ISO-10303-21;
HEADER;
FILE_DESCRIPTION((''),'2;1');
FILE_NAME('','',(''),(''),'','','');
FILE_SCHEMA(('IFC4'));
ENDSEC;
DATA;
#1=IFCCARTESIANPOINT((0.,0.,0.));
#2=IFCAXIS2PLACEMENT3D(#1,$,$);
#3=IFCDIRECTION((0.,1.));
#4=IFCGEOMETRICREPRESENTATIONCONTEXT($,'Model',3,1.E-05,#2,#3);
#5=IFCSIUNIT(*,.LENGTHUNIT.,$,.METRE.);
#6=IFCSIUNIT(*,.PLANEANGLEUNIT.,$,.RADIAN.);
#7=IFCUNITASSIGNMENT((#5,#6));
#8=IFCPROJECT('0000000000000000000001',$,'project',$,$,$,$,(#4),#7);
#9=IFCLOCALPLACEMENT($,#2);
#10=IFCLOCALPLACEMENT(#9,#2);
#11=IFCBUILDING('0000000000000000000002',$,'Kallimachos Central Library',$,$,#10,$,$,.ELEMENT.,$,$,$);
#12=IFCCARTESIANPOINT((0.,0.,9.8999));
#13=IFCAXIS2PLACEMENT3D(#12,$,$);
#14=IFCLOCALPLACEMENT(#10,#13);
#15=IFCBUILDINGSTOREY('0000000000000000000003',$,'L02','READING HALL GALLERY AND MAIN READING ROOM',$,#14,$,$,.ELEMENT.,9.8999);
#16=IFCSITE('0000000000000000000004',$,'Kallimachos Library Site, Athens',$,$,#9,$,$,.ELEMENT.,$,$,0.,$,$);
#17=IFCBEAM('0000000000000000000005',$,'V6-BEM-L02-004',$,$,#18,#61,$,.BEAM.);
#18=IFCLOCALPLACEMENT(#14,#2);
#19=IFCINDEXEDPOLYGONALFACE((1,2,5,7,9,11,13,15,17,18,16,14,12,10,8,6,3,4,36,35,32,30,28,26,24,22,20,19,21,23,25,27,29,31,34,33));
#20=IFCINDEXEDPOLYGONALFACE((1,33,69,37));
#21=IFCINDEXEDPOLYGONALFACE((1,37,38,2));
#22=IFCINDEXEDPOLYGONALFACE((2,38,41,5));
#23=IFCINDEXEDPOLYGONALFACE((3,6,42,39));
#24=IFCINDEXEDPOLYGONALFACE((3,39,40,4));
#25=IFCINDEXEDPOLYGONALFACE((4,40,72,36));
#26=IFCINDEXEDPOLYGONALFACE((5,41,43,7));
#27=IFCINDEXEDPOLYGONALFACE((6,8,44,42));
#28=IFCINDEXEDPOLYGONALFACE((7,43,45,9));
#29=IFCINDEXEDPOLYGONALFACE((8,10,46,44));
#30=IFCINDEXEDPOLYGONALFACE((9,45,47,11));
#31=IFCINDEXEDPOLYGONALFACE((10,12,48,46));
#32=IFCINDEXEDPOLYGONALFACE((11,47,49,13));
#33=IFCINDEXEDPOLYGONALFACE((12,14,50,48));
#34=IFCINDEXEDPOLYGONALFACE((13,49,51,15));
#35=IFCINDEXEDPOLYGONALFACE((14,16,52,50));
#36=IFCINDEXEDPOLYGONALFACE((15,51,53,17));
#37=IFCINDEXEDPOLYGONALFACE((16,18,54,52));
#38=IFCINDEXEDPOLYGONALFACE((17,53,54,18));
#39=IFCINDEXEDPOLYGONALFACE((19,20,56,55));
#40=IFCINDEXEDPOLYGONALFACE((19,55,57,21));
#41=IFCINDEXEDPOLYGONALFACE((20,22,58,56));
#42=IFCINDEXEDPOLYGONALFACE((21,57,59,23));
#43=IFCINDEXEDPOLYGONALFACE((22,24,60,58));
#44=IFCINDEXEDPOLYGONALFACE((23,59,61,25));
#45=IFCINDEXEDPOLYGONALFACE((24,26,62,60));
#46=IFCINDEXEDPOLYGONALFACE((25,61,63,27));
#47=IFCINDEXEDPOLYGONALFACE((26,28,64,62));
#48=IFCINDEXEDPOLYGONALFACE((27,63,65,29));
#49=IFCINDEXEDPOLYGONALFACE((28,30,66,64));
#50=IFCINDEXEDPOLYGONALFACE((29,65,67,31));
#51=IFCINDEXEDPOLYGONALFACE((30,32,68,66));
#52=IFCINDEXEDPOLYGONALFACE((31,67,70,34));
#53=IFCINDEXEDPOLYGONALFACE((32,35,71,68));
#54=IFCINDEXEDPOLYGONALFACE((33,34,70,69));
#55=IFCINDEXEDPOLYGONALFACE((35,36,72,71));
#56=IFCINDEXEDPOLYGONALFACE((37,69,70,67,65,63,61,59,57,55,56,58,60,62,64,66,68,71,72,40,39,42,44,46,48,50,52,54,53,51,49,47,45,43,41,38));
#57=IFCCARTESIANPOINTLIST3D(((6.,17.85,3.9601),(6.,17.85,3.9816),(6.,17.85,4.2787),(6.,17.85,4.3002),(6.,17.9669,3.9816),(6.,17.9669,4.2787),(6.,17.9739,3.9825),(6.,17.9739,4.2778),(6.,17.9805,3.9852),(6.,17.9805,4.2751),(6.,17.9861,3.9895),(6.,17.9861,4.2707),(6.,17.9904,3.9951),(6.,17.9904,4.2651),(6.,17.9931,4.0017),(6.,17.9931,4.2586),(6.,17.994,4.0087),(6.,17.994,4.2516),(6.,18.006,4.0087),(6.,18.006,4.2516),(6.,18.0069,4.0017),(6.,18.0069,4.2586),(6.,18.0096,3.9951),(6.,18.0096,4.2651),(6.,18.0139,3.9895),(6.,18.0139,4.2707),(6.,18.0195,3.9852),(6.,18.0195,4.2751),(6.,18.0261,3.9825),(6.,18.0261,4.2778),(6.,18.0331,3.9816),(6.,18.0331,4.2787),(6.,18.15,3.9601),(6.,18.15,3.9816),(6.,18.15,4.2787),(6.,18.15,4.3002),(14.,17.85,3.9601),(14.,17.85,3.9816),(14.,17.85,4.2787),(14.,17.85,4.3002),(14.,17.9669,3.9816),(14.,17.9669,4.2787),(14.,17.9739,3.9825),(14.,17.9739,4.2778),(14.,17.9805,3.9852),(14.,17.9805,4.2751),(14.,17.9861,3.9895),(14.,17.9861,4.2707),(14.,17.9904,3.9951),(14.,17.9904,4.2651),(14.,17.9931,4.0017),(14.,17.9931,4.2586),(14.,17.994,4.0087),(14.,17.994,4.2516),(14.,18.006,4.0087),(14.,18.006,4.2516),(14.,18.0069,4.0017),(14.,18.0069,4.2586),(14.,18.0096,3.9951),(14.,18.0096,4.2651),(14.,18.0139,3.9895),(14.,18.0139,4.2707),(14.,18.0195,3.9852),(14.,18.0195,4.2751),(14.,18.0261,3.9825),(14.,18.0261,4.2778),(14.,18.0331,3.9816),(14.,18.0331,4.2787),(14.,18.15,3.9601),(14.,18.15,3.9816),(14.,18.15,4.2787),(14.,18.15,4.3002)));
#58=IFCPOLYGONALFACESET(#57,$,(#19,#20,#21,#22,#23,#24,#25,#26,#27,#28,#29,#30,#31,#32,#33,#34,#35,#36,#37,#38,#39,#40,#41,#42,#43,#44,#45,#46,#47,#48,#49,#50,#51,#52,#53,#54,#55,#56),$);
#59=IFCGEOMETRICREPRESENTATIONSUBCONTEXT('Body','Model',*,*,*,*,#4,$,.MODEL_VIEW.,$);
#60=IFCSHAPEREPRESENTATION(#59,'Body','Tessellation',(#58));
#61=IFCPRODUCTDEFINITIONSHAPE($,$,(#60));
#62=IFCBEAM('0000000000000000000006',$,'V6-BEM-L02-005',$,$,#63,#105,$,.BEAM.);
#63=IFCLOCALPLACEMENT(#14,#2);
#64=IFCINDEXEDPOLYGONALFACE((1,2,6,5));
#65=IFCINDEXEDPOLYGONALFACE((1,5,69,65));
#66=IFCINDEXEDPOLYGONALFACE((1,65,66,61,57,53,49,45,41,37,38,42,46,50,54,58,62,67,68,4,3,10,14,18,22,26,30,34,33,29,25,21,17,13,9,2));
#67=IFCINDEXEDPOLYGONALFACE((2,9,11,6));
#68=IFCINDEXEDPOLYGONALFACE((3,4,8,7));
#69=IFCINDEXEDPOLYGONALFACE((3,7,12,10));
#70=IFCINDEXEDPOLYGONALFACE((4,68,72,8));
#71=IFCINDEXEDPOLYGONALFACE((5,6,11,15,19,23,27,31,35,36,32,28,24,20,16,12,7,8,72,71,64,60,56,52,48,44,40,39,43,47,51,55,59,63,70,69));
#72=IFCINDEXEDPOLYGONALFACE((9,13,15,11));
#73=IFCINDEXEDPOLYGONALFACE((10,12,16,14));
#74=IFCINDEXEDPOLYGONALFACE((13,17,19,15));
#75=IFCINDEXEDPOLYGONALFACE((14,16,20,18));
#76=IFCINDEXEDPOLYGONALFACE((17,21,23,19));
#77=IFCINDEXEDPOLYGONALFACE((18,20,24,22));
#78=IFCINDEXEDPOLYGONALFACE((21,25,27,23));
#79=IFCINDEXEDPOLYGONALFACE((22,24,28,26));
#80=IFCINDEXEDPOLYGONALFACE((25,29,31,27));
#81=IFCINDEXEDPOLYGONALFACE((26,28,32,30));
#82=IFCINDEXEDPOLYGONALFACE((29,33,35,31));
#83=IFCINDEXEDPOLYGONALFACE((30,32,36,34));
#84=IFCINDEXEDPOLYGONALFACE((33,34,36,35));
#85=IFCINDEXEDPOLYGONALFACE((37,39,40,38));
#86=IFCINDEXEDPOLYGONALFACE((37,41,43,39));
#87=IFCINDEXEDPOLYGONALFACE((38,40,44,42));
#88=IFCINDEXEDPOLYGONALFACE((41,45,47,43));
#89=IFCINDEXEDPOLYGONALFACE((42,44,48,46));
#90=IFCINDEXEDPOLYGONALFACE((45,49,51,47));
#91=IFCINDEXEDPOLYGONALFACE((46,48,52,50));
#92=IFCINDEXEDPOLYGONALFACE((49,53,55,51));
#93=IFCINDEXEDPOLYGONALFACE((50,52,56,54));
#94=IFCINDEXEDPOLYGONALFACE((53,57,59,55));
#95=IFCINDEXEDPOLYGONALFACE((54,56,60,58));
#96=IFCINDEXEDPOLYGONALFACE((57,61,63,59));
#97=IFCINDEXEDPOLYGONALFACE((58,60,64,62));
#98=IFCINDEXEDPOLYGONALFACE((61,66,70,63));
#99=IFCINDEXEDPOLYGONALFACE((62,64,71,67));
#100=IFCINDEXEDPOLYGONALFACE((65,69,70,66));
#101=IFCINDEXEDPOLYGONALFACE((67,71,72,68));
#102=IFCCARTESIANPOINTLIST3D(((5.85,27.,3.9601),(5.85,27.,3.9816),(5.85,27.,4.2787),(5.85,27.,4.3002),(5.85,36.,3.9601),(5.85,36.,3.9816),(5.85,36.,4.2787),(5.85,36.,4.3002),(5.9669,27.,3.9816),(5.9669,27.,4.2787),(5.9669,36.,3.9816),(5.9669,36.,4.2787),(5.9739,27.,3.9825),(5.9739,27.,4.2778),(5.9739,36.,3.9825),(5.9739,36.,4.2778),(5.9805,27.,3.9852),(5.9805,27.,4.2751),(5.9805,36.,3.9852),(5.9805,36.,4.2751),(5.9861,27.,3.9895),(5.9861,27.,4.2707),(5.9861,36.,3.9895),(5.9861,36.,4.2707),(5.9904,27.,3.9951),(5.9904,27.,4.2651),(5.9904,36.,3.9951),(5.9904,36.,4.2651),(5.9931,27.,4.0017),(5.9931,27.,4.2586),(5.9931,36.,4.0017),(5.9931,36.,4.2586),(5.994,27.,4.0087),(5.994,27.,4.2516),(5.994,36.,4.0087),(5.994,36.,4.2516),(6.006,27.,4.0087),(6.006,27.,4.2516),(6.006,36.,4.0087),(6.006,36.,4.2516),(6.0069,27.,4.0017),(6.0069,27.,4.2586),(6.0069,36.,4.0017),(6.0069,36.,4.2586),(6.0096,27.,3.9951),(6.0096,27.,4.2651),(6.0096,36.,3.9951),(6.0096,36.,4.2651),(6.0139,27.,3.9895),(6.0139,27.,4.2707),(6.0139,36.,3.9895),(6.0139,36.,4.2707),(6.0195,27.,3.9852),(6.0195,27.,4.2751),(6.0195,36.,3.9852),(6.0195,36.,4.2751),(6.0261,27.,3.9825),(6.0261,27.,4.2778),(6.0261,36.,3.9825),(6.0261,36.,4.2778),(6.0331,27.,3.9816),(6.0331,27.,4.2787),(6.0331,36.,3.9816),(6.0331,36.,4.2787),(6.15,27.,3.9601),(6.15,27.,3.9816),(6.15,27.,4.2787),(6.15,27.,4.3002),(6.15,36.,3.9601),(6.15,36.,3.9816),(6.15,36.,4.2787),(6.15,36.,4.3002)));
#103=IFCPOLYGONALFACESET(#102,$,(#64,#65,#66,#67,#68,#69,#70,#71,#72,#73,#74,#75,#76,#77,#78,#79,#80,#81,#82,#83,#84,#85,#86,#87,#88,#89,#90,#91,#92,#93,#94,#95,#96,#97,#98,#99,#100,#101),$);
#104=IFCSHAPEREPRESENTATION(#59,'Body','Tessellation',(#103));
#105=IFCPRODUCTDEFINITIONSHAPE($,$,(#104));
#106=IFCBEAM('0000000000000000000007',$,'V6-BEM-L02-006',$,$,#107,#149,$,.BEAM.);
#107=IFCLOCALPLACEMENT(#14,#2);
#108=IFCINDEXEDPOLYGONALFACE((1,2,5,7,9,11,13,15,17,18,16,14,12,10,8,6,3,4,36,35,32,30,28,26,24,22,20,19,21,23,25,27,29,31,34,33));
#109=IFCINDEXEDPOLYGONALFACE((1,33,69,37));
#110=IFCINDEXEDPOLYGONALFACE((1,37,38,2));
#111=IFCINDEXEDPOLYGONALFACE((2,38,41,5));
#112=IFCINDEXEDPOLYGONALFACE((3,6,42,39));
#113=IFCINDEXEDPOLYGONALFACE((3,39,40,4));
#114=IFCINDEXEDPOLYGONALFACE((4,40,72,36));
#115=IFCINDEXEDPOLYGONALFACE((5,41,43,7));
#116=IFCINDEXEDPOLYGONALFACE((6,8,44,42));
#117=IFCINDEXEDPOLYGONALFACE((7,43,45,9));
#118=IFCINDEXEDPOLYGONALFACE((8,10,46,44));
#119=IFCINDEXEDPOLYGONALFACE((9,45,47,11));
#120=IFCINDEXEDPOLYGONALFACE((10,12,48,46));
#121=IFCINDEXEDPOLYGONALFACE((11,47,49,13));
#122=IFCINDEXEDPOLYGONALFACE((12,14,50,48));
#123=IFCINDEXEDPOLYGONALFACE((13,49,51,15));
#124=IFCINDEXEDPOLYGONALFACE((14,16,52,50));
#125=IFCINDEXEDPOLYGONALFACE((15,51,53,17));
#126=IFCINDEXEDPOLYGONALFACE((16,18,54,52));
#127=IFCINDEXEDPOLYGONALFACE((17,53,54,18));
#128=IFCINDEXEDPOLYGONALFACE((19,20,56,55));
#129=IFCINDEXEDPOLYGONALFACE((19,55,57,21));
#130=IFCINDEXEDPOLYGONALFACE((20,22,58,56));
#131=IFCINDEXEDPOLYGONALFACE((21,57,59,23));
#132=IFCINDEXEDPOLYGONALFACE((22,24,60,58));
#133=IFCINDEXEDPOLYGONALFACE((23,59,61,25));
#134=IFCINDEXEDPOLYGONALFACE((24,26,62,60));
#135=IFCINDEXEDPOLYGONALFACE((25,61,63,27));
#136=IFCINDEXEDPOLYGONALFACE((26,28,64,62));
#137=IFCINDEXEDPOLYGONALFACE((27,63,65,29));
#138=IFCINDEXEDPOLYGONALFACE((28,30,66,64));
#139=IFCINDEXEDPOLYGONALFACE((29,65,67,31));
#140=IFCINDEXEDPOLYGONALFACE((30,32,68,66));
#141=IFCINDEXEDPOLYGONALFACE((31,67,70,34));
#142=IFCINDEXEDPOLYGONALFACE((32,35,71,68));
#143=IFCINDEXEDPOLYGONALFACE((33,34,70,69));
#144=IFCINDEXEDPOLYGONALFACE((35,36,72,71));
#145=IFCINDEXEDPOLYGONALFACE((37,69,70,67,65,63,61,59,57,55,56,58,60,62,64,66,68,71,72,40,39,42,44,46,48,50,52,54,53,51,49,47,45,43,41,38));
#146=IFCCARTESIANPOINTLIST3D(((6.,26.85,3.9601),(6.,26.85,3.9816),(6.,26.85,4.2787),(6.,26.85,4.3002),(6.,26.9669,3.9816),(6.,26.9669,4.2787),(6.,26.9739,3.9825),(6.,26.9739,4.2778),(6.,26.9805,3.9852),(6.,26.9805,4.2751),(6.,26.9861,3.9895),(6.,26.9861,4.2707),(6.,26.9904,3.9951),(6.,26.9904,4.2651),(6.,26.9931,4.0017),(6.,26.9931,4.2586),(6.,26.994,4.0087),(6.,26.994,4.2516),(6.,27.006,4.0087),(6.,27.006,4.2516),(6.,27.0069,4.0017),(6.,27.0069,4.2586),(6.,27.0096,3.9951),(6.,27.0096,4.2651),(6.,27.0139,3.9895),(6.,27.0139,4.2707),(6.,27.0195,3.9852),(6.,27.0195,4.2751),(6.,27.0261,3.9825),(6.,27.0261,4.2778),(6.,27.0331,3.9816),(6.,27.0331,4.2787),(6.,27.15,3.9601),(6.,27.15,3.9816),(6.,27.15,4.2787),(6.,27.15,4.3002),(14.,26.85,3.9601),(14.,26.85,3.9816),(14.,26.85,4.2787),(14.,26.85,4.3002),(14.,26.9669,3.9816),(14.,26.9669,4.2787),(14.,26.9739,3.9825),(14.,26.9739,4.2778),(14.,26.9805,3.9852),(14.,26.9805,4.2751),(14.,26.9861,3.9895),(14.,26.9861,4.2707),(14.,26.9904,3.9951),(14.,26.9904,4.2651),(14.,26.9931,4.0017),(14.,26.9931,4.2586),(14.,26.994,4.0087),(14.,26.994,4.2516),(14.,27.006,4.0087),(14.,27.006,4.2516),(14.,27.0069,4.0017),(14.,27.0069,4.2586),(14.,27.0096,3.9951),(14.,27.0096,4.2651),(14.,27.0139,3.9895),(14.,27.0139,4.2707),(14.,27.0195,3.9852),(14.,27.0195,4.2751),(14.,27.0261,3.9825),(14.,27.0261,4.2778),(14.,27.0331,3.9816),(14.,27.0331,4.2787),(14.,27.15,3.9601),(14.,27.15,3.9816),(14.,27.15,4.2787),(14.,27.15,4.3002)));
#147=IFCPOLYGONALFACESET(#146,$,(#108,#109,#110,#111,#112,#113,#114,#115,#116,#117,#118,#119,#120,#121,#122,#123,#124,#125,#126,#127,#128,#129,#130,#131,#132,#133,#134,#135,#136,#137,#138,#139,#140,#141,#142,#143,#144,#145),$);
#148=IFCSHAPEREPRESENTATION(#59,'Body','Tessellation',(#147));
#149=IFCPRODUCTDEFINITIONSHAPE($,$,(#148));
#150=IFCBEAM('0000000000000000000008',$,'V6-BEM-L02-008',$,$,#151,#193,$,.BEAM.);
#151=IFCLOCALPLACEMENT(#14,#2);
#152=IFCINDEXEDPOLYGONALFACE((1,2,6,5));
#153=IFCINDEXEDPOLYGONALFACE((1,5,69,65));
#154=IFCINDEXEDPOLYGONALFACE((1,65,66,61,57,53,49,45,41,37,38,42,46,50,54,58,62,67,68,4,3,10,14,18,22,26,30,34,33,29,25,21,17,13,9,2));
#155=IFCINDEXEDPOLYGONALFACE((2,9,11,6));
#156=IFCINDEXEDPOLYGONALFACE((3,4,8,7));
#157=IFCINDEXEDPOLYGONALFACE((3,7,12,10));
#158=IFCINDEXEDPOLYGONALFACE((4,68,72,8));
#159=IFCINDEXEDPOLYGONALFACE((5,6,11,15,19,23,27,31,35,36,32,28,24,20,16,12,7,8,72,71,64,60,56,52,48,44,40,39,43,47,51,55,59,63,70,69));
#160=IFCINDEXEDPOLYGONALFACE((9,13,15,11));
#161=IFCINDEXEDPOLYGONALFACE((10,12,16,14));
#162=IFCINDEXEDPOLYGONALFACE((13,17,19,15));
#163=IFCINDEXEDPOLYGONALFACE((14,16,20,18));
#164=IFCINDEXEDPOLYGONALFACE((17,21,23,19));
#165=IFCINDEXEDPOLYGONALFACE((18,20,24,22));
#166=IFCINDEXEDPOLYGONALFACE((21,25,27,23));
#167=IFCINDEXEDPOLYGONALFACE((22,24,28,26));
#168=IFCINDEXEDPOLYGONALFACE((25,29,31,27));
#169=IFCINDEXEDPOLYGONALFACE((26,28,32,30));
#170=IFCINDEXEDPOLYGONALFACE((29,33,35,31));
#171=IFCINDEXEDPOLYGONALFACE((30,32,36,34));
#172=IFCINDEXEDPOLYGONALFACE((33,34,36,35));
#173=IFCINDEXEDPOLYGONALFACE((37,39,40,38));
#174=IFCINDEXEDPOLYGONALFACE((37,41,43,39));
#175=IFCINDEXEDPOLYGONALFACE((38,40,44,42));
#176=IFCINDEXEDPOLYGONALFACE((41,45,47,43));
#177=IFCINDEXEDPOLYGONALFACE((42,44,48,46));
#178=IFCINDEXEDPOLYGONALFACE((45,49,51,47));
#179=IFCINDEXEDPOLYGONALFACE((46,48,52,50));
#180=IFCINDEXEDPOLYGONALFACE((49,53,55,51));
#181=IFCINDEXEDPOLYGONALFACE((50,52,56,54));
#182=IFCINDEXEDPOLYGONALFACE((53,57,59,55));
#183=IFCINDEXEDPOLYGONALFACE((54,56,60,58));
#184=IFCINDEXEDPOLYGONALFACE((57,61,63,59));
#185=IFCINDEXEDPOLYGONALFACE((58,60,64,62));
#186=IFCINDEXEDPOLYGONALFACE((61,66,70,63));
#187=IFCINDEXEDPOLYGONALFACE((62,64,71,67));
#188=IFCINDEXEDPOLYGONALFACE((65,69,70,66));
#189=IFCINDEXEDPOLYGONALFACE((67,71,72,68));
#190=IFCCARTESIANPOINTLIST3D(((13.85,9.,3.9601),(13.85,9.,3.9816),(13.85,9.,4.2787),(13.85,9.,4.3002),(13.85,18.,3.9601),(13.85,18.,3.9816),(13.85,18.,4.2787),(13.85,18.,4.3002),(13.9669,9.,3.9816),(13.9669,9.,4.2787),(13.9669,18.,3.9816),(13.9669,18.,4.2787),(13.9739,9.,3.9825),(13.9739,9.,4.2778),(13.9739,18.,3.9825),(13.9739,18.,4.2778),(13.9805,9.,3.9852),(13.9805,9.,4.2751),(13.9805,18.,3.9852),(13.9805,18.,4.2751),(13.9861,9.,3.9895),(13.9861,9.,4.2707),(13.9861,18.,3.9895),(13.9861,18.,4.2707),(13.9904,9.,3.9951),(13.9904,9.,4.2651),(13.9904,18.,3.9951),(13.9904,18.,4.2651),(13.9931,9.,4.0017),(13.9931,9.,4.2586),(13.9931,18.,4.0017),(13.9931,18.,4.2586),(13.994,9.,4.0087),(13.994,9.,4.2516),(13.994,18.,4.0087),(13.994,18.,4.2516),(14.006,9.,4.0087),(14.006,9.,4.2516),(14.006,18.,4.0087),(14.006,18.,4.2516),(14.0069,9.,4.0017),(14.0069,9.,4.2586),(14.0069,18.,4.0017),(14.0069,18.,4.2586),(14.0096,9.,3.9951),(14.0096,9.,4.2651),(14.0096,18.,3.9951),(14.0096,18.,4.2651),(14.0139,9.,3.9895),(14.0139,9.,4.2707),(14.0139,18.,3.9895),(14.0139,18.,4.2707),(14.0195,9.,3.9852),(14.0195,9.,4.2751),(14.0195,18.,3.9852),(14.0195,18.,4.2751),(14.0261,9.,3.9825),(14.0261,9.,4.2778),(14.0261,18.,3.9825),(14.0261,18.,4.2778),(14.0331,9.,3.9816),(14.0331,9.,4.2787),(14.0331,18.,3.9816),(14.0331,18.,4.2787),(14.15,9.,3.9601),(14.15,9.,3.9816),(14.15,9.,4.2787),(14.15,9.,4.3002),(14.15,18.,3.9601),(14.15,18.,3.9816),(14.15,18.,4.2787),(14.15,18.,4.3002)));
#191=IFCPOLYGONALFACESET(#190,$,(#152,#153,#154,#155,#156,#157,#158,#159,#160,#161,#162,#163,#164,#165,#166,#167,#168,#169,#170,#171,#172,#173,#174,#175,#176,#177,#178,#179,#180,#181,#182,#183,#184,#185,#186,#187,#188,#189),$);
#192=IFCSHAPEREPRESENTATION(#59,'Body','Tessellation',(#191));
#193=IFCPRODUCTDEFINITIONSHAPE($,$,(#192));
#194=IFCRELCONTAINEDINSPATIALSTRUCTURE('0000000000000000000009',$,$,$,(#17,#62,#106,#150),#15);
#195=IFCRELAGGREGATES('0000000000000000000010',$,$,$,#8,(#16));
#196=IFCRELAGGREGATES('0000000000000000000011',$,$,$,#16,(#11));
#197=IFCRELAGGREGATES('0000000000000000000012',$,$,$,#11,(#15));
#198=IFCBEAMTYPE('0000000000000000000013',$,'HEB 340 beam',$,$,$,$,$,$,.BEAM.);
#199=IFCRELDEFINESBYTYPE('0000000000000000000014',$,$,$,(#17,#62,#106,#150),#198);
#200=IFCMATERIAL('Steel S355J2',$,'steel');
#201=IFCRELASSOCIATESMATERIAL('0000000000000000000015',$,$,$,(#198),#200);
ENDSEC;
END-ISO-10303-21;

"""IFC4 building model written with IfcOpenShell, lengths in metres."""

from ifc_helpers import new_model, si_unit, direction, frame, origin, origin_2d, place, context, subcontext, project, spatial, i_section, extrude, material, material_profile, profile_set, type_object, element, save


model = new_model("IFC4")

# Units and contexts
model_context = context("Model", 3, precision=1e-05, world=origin(), true_north=direction((0.0, 1.0)))
body_context = subcontext(model_context, "Body", "Model", "MODEL_VIEW")
ifc_project = project(units=[si_unit("LENGTHUNIT", "METRE"), si_unit("PLANEANGLEUNIT", "RADIAN")], contexts=[model_context])

# Site, building, storey
site_placement = place(None, origin())
site = spatial("IfcSite", under=ifc_project, at=site_placement, Name="Kallimachos Library Site, Athens", CompositionType="ELEMENT", RefElevation=0.0)
building_placement = place(site_placement, origin())
building = spatial("IfcBuilding", under=site, at=building_placement, Name="Kallimachos Central Library", CompositionType="ELEMENT")
storey_placement = place(building_placement, frame((0.0, 0.0, 9.8999)))
storey = spatial("IfcBuildingStorey", under=building, at=storey_placement, Name="L02", Description="READING HALL GALLERY AND MAIN READING ROOM", CompositionType="ELEMENT", Elevation=9.8999)

# Beams
ifc_material_1 = material(Name="Steel S355J2", Category="steel")
ifc_material_profile_1 = material_profile(ifc_material_1, i_section(OverallWidth=0.3, OverallDepth=0.3401, WebThickness=0.012, FlangeThickness=0.0215, FilletRadius=0.0271, at=origin_2d()), Name="HEB 340")
ifc_profile_set_1 = profile_set([ifc_material_profile_1], Name="Steel S355J2")
beam_type_1 = type_object("IfcBeamType", Name="HEB 340 beam", PredefinedType="BEAM", material=ifc_profile_set_1)
beam_1_placement = place(storey_placement, frame((6.0, 18.0, 4.1301), z_axis=(1.0, 0.0, 0.0), x_axis=(0.0, 1.0, 0.0)))
element("IfcBeam", 1, at=beam_1_placement, inside=storey, type_object=beam_type_1, Name="V6-BEM-L02-004", PredefinedType="BEAM", context=body_context, shape_type="SweptSolid", body=[
    extrude(i_section(OverallWidth=0.3, OverallDepth=0.3401, WebThickness=0.012, FlangeThickness=0.0215, FilletRadius=0.0271, at=origin_2d()), origin(), (0.0, 0.0, 1.0), 8.0),
])
beam_2_placement = place(storey_placement, frame((6.0, 27.0, 4.1301), z_axis=(0.0, 1.0, 0.0), x_axis=(-1.0, 0.0, 0.0)))
element("IfcBeam", 2, at=beam_2_placement, inside=storey, type_object=beam_type_1, Name="V6-BEM-L02-005", PredefinedType="BEAM", context=body_context, shape_type="SweptSolid", body=[
    extrude(i_section(OverallWidth=0.3, OverallDepth=0.3401, WebThickness=0.012, FlangeThickness=0.0215, FilletRadius=0.0271, at=origin_2d()), origin(), (0.0, 0.0, 1.0), 9.0),
])
beam_3_placement = place(storey_placement, frame((6.0, 27.0, 4.1301), z_axis=(1.0, 0.0, 0.0), x_axis=(0.0, 1.0, 0.0)))
element("IfcBeam", 3, at=beam_3_placement, inside=storey, type_object=beam_type_1, Name="V6-BEM-L02-006", PredefinedType="BEAM", context=body_context, shape_type="SweptSolid", body=[
    extrude(i_section(OverallWidth=0.3, OverallDepth=0.3401, WebThickness=0.012, FlangeThickness=0.0215, FilletRadius=0.0271, at=origin_2d()), origin(), (0.0, 0.0, 1.0), 8.0),
])
beam_4_placement = place(storey_placement, frame((14.0, 9.0, 4.1301), z_axis=(0.0, 1.0, 0.0), x_axis=(-1.0, 0.0, 0.0)))
element("IfcBeam", 4, at=beam_4_placement, inside=storey, type_object=beam_type_1, Name="V6-BEM-L02-008", PredefinedType="BEAM", context=body_context, shape_type="SweptSolid", body=[
    extrude(i_section(OverallWidth=0.3, OverallDepth=0.3401, WebThickness=0.012, FlangeThickness=0.0215, FilletRadius=0.0271, at=origin_2d()), origin(), (0.0, 0.0, 1.0), 9.0),
])

save(model, "model.ifc")
